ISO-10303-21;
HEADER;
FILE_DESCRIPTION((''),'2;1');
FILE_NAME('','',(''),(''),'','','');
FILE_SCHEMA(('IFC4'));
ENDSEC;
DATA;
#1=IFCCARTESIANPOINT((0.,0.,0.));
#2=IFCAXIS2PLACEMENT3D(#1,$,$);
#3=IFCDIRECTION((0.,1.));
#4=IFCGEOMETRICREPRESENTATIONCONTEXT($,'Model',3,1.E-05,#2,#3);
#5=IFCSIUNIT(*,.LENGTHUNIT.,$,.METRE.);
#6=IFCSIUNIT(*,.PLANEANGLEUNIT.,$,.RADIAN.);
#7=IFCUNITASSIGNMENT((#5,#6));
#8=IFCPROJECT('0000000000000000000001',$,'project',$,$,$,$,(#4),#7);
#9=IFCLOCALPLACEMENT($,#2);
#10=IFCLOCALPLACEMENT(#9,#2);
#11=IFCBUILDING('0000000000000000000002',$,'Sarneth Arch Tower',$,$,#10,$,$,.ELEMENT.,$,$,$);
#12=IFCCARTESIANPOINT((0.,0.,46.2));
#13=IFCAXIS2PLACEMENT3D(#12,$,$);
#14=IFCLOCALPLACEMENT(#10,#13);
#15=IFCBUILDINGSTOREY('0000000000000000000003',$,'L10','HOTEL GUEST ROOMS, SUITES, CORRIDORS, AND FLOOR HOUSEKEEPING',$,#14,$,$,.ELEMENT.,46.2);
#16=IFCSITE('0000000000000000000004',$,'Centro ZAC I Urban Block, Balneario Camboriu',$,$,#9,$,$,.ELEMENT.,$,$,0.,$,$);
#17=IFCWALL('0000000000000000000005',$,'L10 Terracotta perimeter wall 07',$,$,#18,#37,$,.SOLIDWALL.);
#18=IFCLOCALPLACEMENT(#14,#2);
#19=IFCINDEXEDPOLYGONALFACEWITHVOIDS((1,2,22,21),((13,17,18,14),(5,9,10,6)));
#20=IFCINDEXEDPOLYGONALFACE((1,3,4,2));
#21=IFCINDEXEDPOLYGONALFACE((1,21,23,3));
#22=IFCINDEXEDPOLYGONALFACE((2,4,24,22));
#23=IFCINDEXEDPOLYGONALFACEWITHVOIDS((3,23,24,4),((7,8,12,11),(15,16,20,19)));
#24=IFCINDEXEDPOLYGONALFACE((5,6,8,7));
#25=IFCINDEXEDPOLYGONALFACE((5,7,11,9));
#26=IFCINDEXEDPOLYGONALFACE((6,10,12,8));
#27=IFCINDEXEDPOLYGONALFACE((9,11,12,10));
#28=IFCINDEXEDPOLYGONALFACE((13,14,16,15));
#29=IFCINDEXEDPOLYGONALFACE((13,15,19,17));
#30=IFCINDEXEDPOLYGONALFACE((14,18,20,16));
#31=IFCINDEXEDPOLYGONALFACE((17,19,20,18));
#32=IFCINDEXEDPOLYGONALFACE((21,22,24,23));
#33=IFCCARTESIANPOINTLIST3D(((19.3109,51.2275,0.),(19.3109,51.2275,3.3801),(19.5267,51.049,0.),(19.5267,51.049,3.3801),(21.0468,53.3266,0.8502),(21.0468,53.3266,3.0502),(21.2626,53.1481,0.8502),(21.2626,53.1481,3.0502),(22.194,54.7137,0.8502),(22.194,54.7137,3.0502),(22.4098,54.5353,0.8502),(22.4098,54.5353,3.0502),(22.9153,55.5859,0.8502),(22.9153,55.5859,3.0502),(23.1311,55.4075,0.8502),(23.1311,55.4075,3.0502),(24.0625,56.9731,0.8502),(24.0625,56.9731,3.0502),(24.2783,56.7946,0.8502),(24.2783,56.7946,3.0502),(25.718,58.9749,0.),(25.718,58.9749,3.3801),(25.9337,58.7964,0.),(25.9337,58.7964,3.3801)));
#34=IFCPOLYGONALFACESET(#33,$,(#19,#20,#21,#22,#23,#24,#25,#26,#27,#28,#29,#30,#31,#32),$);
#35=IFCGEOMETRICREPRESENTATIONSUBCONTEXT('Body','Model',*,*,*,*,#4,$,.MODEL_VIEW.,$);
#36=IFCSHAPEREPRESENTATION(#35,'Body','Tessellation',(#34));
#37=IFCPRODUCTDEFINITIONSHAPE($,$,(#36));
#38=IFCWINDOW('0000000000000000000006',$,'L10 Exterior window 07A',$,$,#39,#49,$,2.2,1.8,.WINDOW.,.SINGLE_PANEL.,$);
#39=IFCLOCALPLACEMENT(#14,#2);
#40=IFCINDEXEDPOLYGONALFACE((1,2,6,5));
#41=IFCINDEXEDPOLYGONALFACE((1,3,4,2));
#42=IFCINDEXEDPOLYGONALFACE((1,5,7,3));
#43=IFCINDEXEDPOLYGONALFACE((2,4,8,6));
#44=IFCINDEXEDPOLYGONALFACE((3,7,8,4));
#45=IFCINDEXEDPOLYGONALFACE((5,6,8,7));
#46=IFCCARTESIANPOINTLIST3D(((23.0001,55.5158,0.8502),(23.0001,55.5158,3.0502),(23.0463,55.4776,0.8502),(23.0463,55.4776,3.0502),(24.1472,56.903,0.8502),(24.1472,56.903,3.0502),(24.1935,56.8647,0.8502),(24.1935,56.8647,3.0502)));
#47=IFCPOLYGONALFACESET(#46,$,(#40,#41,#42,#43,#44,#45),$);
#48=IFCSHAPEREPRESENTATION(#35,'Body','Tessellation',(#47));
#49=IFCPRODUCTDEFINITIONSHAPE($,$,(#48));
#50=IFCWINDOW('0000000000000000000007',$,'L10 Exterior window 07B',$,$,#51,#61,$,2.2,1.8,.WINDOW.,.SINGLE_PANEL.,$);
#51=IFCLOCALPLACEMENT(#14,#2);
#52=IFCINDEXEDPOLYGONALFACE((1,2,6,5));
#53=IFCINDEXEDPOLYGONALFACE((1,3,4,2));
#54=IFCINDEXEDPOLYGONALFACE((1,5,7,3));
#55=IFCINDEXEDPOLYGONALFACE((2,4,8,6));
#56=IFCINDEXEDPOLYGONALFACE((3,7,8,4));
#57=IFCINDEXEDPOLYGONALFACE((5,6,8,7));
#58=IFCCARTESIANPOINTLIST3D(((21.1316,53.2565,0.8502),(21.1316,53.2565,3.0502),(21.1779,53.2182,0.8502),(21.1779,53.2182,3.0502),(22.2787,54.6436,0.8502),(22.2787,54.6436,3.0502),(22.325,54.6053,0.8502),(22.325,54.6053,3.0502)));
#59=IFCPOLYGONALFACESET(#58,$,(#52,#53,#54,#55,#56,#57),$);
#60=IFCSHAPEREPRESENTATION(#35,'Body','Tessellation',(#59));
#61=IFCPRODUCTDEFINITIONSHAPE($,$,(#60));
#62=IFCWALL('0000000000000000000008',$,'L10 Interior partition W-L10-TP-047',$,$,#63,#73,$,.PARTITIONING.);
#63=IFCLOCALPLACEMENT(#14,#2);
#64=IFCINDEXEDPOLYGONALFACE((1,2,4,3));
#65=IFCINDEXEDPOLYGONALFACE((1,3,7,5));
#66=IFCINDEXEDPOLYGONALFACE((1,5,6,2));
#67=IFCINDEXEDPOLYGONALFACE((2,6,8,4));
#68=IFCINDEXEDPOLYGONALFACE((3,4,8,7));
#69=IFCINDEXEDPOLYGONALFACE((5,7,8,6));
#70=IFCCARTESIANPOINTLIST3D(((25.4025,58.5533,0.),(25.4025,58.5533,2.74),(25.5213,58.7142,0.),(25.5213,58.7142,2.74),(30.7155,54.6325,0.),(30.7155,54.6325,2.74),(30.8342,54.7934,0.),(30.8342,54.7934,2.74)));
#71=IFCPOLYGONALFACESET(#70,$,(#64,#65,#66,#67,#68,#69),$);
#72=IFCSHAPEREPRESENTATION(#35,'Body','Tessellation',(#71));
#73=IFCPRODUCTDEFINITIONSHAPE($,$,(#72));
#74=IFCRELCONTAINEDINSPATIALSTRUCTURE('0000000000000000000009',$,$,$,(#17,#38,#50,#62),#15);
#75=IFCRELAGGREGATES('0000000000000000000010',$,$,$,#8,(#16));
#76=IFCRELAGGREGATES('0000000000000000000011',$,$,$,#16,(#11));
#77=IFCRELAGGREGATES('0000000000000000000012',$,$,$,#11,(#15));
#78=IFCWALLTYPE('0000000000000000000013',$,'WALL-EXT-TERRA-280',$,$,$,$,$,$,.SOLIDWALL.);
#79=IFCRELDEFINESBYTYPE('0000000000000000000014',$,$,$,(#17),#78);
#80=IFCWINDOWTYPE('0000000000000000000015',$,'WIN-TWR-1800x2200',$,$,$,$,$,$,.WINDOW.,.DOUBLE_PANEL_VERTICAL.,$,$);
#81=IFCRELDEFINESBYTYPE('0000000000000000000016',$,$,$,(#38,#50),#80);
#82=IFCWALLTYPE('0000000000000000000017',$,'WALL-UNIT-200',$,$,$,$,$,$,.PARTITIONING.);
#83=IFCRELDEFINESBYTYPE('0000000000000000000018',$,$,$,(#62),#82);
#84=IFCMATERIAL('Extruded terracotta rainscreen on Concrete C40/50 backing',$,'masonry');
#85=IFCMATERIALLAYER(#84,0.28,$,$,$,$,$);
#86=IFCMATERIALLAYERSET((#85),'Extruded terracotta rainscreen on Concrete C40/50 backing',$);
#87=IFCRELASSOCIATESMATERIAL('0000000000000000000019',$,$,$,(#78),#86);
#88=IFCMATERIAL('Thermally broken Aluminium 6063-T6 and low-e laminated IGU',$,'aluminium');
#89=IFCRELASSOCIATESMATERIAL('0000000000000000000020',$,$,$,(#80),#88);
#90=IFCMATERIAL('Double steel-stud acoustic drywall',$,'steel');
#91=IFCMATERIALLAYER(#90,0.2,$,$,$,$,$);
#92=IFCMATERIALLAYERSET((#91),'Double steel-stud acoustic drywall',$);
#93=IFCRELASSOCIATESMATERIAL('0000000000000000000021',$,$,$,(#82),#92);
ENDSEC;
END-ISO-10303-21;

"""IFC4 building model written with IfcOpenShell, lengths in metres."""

from ifc_helpers import new_model, si_unit, direction, frame, frame_2d, origin, place, context, subcontext, project, spatial, rectangle, extrude, material, layer, layer_set, type_object, element, fill, save


model = new_model("IFC4")

# Units and contexts
model_context = context("Model", 3, precision=1e-05, world=origin(), true_north=direction((0.0, 1.0)))
body_context = subcontext(model_context, "Body", "Model", "MODEL_VIEW")
ifc_project = project(units=[si_unit("LENGTHUNIT", "METRE"), si_unit("PLANEANGLEUNIT", "RADIAN")], contexts=[model_context])

# Site, building, storey
site_placement = place(None, origin())
site = spatial("IfcSite", under=ifc_project, at=site_placement, Name="Centro ZAC I Urban Block, Balneario Camboriu", CompositionType="ELEMENT", RefElevation=0.0)
building_placement = place(site_placement, origin())
building = spatial("IfcBuilding", under=site, at=building_placement, Name="Sarneth Arch Tower", CompositionType="ELEMENT")
storey_placement = place(building_placement, frame((0.0, 0.0, 46.2)))
storey = spatial("IfcBuildingStorey", under=building, at=storey_placement, Name="L10", Description="HOTEL GUEST ROOMS, SUITES, CORRIDORS, AND FLOOR HOUSEKEEPING", CompositionType="ELEMENT", Elevation=46.2)

# Wall, openings, windows
ifc_material_1 = material(Name="Extruded terracotta rainscreen on Concrete C40/50 backing", Category="masonry")
ifc_layer_1 = layer(ifc_material_1, 0.28)
ifc_layer_set_1 = layer_set([ifc_layer_1], Name="Extruded terracotta rainscreen on Concrete C40/50 backing")
wall_type_1 = type_object("IfcWallType", Name="WALL-EXT-TERRA-280", PredefinedType="SOLIDWALL", material=ifc_layer_set_1)
wall_1_placement = place(storey_placement, frame((25.8259, 58.8857, 0.0), z_axis=(0.0, 0.0, 1.0), x_axis=(-0.637297, -0.770618, 0.0)))
wall_1 = element("IfcWall", 1, at=wall_1_placement, inside=storey, type_object=wall_type_1, Name="L10 Terracotta perimeter wall 07", PredefinedType="SOLIDWALL", context=body_context, shape_type="SweptSolid", body=[
    extrude(rectangle(XDim=10.0535, YDim=0.28, at=frame_2d((5.0269, 0.0))), origin(), (0.0, 0.0, 1.0), 3.3801),
])
opening_1_placement = place(wall_1_placement, frame((2.5979, 0.0, 0.8501)))
opening_1 = element("IfcOpeningElement", 2, at=opening_1_placement, cuts=wall_1, PredefinedType="OPENING", context=body_context, shape_type="SweptSolid", body=[
    extrude(rectangle(XDim=1.8, YDim=2.2, at=frame_2d((0.8999, 1.1001))), frame((0.0, 0.1499, 0.0), z_axis=(0.0, -1.0, 0.0), x_axis=(1.0, 0.0, 0.0)), (0.0, 0.0, 1.0), 0.3),
])
opening_2_placement = place(wall_1_placement, frame((5.5298, 0.0, 0.8501)))
opening_2 = element("IfcOpeningElement", 3, at=opening_2_placement, cuts=wall_1, PredefinedType="OPENING", context=body_context, shape_type="SweptSolid", body=[
    extrude(rectangle(XDim=1.8, YDim=2.2, at=frame_2d((0.8999, 1.1001))), frame((0.0, 0.1499, 0.0), z_axis=(0.0, -1.0, 0.0), x_axis=(1.0, 0.0, 0.0)), (0.0, 0.0, 1.0), 0.3),
])
ifc_material_2 = material(Name="Thermally broken Aluminium 6063-T6 and low-e laminated IGU", Category="aluminium")
window_type = type_object("IfcWindowType", Name="WIN-TWR-1800x2200", PartitioningType="DOUBLE_PANEL_VERTICAL", PredefinedType="WINDOW", material=ifc_material_2)
window_1_placement = place(opening_1_placement, origin())
window_1 = element("IfcWindow", 4, at=window_1_placement, inside=storey, type_object=window_type, Name="L10 Exterior window 07A", OverallHeight=2.2, OverallWidth=1.8, PartitioningType="SINGLE_PANEL", PredefinedType="WINDOW", context=body_context, shape_type="SweptSolid", body=[
    extrude(rectangle(XDim=1.8, YDim=2.2, at=frame_2d((0.8999, 1.1001))), frame((0.0, 0.03, 0.0), z_axis=(0.0, -1.0, 0.0), x_axis=(1.0, 0.0, 0.0)), (0.0, 0.0, 1.0), 0.0601),
])
fill(opening_1, window_1)
window_2_placement = place(opening_2_placement, origin())
window_2 = element("IfcWindow", 5, at=window_2_placement, inside=storey, type_object=window_type, Name="L10 Exterior window 07B", OverallHeight=2.2, OverallWidth=1.8, PartitioningType="SINGLE_PANEL", PredefinedType="WINDOW", context=body_context, shape_type="SweptSolid", body=[
    extrude(rectangle(XDim=1.8, YDim=2.2, at=frame_2d((0.8999, 1.1001))), frame((0.0, 0.03, 0.0), z_axis=(0.0, -1.0, 0.0), x_axis=(1.0, 0.0, 0.0)), (0.0, 0.0, 1.0), 0.0601),
])
fill(opening_2, window_2)

# Wall
ifc_material_3 = material(Name="Double steel-stud acoustic drywall", Category="steel")
ifc_layer_2 = layer(ifc_material_3, 0.2)
ifc_layer_set_2 = layer_set([ifc_layer_2], Name="Double steel-stud acoustic drywall")
wall_type_2 = type_object("IfcWallType", Name="WALL-UNIT-200", PredefinedType="PARTITIONING", material=ifc_layer_set_2)
wall_2_placement = place(storey_placement, frame((25.4619, 58.6338, 0.0), z_axis=(0.0, 0.0, 1.0), x_axis=(0.804617, -0.593794, 0.0)))
element("IfcWall", 6, at=wall_2_placement, inside=storey, type_object=wall_type_2, Name="L10 Interior partition W-L10-TP-047", PredefinedType="PARTITIONING", context=body_context, shape_type="SweptSolid", body=[
    extrude(rectangle(XDim=6.603, YDim=0.2, at=frame_2d((3.3015, 0.0))), origin(), (0.0, 0.0, 1.0), 2.74),
])

save(model, "model.ifc")
